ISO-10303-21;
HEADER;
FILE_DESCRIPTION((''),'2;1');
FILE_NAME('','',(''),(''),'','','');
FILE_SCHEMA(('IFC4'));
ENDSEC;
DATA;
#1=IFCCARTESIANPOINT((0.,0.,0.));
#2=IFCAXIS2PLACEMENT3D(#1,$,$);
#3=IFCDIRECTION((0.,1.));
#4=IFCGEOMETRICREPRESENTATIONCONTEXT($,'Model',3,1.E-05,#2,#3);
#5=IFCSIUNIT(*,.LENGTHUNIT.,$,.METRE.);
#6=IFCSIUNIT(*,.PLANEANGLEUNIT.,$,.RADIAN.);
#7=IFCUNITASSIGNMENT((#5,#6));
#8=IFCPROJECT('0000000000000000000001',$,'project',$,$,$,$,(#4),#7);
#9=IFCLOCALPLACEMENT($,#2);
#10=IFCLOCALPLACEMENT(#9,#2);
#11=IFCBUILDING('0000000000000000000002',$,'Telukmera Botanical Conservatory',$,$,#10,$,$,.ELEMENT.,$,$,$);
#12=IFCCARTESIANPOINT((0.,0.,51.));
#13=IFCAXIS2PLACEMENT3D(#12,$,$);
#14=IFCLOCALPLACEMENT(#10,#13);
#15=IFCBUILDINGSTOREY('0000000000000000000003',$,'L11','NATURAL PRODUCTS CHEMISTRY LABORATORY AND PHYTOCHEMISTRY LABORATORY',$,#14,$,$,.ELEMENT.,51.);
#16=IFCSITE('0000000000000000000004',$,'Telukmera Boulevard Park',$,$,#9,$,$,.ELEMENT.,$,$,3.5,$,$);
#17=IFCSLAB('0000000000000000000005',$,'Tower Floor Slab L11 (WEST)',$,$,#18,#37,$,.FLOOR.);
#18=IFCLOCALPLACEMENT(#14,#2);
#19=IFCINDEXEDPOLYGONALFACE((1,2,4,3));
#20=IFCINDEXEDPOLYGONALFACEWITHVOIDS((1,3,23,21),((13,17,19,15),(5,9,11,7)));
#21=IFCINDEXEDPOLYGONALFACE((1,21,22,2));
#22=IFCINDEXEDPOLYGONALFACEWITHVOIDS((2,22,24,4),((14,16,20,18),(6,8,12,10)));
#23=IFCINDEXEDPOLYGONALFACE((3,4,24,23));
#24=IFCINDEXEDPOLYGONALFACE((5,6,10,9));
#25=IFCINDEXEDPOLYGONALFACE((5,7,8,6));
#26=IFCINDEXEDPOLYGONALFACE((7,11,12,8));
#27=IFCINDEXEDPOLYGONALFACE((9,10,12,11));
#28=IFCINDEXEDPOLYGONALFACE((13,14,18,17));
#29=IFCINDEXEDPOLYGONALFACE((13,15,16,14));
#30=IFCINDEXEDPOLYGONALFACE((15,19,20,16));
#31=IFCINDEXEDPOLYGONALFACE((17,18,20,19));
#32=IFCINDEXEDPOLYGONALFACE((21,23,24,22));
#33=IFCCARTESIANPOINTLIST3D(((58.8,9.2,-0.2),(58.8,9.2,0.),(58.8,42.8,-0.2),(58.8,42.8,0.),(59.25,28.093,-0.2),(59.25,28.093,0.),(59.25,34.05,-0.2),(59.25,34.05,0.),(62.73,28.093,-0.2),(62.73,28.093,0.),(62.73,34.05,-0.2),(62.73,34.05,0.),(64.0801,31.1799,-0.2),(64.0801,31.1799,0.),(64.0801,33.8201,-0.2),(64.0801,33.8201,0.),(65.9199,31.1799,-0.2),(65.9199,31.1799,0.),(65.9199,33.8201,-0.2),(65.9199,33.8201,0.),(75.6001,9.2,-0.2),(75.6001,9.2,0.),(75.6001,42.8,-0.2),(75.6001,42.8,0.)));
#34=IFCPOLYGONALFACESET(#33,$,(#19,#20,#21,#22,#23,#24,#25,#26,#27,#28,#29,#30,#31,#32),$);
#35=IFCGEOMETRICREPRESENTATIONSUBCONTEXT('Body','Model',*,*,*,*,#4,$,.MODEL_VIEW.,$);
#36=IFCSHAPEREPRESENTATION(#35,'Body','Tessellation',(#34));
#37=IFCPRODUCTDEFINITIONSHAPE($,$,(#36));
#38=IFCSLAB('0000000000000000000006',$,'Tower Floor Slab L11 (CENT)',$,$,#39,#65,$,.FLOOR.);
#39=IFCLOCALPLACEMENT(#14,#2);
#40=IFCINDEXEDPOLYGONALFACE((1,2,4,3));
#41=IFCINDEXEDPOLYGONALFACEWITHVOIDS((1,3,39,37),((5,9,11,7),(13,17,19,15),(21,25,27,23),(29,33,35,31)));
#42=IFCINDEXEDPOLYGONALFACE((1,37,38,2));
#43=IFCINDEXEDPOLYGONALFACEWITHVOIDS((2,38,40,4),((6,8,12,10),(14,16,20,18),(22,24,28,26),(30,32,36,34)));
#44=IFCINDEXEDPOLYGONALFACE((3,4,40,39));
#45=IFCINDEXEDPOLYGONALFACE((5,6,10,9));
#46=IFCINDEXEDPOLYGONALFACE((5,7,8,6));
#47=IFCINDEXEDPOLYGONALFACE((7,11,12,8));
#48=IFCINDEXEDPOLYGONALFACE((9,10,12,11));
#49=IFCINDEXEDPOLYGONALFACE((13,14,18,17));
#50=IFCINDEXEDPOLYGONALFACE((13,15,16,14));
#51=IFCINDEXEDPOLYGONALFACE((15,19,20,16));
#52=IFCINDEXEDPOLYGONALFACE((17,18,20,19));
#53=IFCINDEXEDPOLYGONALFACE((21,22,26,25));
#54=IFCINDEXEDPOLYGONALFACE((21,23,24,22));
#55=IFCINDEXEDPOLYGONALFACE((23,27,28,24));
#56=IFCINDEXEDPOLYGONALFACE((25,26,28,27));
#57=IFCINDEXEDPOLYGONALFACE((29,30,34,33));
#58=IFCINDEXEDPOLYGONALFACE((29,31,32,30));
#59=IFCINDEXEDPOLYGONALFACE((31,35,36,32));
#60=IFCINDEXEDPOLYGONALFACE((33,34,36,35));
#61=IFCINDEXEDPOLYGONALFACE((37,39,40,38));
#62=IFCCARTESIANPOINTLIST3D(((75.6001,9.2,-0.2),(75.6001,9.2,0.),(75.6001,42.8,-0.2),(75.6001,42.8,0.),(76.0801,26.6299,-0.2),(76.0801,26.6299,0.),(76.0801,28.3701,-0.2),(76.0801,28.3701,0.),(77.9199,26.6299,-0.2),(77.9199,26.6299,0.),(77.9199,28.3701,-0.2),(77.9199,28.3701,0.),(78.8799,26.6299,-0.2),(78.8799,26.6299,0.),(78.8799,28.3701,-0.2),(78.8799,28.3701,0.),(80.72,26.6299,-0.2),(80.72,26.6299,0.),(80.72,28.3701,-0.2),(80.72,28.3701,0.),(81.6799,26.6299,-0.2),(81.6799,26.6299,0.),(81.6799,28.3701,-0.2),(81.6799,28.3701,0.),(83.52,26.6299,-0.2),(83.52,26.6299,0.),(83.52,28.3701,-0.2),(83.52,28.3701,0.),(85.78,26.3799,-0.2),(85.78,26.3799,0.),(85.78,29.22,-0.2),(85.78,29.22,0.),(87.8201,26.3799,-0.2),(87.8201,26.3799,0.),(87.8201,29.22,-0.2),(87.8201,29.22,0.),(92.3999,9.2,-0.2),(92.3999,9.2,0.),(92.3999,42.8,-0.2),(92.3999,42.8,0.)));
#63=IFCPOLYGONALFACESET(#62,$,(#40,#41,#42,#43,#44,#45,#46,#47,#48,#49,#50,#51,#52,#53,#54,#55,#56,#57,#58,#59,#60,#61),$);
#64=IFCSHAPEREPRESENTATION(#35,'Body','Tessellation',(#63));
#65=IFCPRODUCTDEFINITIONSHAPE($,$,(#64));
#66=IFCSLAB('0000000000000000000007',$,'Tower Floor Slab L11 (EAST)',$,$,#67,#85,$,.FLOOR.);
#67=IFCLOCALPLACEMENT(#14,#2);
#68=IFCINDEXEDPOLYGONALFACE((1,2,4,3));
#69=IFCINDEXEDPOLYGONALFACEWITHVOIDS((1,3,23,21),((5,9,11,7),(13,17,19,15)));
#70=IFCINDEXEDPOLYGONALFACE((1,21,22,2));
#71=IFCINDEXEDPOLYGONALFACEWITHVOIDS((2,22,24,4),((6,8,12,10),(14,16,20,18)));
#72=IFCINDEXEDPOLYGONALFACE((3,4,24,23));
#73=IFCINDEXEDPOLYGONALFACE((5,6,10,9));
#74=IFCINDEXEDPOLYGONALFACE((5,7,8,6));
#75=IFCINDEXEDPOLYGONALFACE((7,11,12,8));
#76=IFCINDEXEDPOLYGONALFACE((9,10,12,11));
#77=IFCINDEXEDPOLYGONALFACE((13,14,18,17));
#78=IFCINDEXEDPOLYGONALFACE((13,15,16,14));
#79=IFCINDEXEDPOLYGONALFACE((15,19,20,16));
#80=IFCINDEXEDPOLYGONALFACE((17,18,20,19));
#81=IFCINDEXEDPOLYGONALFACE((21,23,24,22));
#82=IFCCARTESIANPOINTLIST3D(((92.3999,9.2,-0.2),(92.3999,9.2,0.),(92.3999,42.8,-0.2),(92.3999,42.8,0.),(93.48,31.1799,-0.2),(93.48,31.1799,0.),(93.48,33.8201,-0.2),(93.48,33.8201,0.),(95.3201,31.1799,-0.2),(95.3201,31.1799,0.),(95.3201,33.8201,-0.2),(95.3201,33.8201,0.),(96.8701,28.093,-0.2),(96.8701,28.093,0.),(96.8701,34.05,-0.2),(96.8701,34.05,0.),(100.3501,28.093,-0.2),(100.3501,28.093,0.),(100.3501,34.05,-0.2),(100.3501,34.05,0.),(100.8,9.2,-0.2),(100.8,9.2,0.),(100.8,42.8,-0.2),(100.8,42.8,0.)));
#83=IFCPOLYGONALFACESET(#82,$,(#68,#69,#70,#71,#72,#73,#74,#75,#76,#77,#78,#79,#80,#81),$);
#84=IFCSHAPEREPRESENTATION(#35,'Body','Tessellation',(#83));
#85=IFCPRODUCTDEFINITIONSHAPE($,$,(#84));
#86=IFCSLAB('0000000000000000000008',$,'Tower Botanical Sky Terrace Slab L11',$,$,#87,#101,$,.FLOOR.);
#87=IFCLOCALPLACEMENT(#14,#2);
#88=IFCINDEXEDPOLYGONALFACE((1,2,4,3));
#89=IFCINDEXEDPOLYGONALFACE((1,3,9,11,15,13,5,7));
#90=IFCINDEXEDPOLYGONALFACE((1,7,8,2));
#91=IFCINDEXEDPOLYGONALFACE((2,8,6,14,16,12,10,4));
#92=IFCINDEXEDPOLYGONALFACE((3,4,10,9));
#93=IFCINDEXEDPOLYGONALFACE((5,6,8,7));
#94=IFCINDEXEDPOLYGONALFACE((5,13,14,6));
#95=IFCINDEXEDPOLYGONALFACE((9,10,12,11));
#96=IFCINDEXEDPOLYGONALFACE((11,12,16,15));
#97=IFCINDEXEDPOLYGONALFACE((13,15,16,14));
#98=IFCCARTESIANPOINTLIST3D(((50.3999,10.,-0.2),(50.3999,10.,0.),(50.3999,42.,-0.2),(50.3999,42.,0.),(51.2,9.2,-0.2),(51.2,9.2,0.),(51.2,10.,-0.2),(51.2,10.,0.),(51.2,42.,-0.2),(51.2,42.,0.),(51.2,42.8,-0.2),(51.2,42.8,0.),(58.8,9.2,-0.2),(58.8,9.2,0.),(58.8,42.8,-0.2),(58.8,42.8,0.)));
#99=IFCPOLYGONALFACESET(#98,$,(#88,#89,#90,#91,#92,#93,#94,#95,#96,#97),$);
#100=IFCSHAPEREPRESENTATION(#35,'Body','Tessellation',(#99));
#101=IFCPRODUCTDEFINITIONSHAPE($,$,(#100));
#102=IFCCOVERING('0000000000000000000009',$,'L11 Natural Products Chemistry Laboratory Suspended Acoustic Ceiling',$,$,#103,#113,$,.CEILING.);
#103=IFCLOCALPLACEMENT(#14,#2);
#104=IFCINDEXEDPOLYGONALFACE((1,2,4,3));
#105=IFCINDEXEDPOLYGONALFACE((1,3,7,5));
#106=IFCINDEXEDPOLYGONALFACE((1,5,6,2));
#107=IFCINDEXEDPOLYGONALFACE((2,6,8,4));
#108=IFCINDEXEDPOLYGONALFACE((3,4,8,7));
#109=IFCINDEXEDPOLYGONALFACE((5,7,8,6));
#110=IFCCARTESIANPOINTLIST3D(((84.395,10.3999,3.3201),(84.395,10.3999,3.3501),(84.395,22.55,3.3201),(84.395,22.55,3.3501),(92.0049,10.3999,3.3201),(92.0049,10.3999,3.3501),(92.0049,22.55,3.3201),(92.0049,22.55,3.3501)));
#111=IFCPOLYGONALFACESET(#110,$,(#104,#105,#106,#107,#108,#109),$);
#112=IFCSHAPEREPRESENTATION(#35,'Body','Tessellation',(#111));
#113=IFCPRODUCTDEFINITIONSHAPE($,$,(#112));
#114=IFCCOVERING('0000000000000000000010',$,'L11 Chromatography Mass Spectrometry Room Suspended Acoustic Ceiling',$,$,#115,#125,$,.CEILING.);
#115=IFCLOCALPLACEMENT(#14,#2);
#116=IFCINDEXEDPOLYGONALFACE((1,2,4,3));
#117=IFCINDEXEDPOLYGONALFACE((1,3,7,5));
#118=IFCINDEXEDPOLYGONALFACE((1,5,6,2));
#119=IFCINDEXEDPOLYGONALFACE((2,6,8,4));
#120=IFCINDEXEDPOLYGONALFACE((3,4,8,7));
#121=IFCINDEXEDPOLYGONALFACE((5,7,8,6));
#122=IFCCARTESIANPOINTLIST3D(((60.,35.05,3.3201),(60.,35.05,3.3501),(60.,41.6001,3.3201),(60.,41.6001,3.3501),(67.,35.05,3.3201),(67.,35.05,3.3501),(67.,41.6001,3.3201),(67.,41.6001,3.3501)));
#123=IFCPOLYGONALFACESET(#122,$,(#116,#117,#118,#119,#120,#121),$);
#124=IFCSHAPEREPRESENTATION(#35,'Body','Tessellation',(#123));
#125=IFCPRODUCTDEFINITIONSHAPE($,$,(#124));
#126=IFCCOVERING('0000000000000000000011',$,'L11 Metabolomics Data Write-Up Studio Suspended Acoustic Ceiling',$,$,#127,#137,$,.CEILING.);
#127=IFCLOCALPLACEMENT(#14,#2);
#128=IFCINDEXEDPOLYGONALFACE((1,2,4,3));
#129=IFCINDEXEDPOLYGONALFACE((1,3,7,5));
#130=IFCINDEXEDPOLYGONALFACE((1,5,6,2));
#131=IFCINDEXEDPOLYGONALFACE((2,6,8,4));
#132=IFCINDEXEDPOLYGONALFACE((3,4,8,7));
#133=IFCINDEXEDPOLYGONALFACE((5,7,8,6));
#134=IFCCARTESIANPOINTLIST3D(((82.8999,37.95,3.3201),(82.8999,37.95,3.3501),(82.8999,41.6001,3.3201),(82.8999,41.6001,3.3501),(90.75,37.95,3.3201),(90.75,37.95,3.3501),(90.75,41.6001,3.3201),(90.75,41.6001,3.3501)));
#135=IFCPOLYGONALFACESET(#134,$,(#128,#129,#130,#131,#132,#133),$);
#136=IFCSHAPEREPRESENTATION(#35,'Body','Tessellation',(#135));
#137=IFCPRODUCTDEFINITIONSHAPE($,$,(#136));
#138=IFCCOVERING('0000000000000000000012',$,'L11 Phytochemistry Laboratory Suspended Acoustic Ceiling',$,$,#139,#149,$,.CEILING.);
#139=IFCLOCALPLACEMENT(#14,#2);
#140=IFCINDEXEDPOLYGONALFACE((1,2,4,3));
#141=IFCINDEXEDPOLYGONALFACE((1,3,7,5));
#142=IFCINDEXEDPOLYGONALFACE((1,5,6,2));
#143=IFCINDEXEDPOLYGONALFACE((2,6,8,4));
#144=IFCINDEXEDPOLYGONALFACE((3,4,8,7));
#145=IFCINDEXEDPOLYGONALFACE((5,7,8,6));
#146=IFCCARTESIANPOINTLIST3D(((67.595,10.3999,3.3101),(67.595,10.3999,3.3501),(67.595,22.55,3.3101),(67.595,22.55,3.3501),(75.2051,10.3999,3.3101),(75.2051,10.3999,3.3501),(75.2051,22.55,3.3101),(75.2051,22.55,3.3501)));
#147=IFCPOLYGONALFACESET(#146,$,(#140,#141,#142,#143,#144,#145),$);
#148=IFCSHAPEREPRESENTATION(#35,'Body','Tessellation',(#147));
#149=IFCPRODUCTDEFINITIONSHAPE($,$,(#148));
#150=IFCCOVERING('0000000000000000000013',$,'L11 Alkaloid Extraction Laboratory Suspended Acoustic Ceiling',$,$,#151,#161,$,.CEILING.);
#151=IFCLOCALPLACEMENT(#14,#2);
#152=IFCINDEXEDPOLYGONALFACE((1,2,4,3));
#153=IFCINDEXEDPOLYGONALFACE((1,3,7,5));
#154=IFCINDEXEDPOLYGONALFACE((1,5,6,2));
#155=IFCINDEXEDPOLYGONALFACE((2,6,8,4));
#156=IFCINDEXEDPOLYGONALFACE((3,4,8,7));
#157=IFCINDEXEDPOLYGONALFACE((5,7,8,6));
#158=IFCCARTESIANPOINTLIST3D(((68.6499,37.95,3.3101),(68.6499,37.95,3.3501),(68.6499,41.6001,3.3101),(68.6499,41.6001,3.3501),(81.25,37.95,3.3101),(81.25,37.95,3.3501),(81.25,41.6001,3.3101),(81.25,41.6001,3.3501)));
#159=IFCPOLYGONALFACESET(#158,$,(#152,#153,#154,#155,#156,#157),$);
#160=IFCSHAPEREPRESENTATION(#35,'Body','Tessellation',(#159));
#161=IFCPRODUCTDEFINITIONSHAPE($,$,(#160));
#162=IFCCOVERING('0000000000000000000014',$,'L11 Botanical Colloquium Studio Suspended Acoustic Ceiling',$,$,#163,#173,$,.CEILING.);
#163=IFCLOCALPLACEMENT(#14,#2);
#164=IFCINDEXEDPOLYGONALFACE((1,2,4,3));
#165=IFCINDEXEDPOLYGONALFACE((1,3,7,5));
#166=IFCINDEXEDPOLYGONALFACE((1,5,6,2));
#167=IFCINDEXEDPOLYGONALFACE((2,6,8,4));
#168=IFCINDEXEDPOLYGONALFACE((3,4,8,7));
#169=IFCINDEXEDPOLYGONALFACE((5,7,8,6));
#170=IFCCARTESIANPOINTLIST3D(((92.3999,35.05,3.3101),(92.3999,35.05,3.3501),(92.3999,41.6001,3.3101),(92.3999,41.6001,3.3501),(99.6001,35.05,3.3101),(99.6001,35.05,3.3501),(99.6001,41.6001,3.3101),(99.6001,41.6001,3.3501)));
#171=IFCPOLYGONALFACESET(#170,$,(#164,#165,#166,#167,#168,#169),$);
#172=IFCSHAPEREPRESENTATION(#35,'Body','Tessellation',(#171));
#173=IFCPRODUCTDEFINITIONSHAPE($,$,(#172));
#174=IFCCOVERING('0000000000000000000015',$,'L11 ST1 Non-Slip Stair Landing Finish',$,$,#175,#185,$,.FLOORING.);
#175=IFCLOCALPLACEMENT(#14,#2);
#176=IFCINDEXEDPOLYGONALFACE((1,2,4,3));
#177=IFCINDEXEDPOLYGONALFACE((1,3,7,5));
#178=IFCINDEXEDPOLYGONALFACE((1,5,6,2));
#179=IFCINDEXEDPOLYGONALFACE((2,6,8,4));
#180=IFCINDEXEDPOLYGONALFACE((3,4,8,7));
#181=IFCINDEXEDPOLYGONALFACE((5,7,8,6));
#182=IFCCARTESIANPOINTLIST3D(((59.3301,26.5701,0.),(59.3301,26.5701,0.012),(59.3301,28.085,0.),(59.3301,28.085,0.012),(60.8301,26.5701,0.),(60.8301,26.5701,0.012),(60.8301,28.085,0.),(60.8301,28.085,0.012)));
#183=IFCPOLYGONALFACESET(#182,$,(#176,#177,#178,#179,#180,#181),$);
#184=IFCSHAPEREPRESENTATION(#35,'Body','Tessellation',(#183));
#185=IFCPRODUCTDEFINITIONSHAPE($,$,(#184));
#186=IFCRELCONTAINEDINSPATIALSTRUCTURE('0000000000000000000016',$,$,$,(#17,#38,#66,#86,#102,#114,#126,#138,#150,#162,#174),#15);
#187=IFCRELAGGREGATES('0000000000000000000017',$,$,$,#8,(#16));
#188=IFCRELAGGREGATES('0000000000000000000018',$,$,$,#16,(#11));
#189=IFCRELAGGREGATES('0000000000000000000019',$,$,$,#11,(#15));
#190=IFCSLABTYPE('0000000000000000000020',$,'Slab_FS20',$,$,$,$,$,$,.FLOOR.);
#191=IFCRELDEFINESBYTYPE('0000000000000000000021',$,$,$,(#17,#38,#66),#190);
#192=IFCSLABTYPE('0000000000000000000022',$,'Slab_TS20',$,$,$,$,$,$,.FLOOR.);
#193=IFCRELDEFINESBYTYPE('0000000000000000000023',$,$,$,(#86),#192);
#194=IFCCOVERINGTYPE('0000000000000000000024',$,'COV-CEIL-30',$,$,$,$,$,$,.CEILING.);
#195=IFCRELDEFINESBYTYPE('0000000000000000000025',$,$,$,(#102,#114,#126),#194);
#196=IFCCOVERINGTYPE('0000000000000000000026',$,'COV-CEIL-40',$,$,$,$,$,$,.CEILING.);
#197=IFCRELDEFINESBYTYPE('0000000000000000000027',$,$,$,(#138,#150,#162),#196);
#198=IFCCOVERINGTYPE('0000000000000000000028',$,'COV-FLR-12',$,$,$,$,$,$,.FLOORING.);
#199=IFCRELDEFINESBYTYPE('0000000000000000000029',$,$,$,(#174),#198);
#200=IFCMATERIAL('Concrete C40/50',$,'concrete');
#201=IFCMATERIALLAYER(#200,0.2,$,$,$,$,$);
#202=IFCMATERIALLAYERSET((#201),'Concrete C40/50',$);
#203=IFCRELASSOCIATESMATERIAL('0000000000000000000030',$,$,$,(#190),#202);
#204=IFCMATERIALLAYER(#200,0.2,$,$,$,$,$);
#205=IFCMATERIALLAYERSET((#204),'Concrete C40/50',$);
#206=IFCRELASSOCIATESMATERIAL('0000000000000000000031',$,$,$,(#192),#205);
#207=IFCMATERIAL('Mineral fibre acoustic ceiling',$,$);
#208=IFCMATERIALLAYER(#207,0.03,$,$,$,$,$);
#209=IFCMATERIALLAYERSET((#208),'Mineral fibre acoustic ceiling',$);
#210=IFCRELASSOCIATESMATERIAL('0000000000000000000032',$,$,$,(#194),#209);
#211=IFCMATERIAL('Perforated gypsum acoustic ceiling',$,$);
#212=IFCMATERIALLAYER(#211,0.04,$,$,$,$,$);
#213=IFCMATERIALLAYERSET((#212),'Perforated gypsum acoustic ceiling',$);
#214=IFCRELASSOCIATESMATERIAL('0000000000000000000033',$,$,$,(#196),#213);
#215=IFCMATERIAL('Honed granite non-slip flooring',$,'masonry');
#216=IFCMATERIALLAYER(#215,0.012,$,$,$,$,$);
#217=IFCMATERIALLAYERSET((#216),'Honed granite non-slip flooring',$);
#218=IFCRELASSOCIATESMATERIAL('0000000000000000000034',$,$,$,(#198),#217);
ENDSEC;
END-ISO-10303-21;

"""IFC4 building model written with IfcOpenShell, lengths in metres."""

from ifc_helpers import new_model, si_unit, direction, frame, origin, place, context, subcontext, project, spatial, polyline, outline, extrude, material, layer, layer_set, type_object, element, save


model = new_model("IFC4")

# Units and contexts
model_context = context("Model", 3, precision=1e-05, world=origin(), true_north=direction((0.0, 1.0)))
body_context = subcontext(model_context, "Body", "Model", "MODEL_VIEW")
ifc_project = project(units=[si_unit("LENGTHUNIT", "METRE"), si_unit("PLANEANGLEUNIT", "RADIAN")], contexts=[model_context])

# Site, building, storey
site_placement = place(None, origin())
site = spatial("IfcSite", under=ifc_project, at=site_placement, Name="Telukmera Boulevard Park", CompositionType="ELEMENT", RefElevation=3.5)
building_placement = place(site_placement, origin())
building = spatial("IfcBuilding", under=site, at=building_placement, Name="Telukmera Botanical Conservatory", CompositionType="ELEMENT")
storey_placement = place(building_placement, frame((0.0, 0.0, 51.0)))
storey = spatial("IfcBuildingStorey", under=building, at=storey_placement, Name="L11", Description="NATURAL PRODUCTS CHEMISTRY LABORATORY AND PHYTOCHEMISTRY LABORATORY", CompositionType="ELEMENT", Elevation=51.0)

# Shared definitions
ifc_material_1 = material(Name="Concrete C40/50", Category="concrete")

# Slabs
ifc_layer_1 = layer(ifc_material_1, 0.2)
ifc_layer_set_1 = layer_set([ifc_layer_1], Name="Concrete C40/50")
slab_type_1 = type_object("IfcSlabType", Name="Slab_FS20", PredefinedType="FLOOR", material=ifc_layer_set_1)
slab_1_placement = place(storey_placement, frame((0.0, 0.0, -0.2)))
element("IfcSlab", 1, at=slab_1_placement, inside=storey, type_object=slab_type_1, Name="Tower Floor Slab L11 (WEST)", PredefinedType="FLOOR", context=body_context, shape_type="SweptSolid", body=[
    extrude(outline(polyline([(58.8, 9.2), (75.6001, 9.2), (75.6001, 42.8), (58.8, 42.8), (58.8, 9.2)]), holes=[polyline([(62.73, 28.093), (62.73, 34.05), (59.25, 34.05), (59.25, 28.093), (62.73, 28.093)]), polyline([(64.0801, 31.1799), (65.9199, 31.1799), (65.9199, 33.8201), (64.0801, 33.8201), (64.0801, 31.1799)])]), origin(), (0.0, 0.0, 1.0), 0.2),
])
slab_2_placement = place(storey_placement, frame((0.0, 0.0, -0.2)))
element("IfcSlab", 2, at=slab_2_placement, inside=storey, type_object=slab_type_1, Name="Tower Floor Slab L11 (CENT)", PredefinedType="FLOOR", context=body_context, shape_type="SweptSolid", body=[
    extrude(outline(polyline([(75.6001, 9.2), (92.3999, 9.2), (92.3999, 42.8), (75.6001, 42.8), (75.6001, 9.2)]), holes=[polyline([(85.78, 26.3799), (87.8201, 26.3799), (87.8201, 29.22), (85.78, 29.22), (85.78, 26.3799)]), polyline([(76.0801, 26.6299), (77.9199, 26.6299), (77.9199, 28.3701), (76.0801, 28.3701), (76.0801, 26.6299)]), polyline([(78.8799, 26.6299), (80.72, 26.6299), (80.72, 28.3701), (78.8799, 28.3701), (78.8799, 26.6299)]), polyline([(81.6799, 26.6299), (83.52, 26.6299), (83.52, 28.3701), (81.6799, 28.3701), (81.6799, 26.6299)])]), origin(), (0.0, 0.0, 1.0), 0.2),
])
slab_3_placement = place(storey_placement, frame((0.0, 0.0, -0.2)))
element("IfcSlab", 3, at=slab_3_placement, inside=storey, type_object=slab_type_1, Name="Tower Floor Slab L11 (EAST)", PredefinedType="FLOOR", context=body_context, shape_type="SweptSolid", body=[
    extrude(outline(polyline([(92.3999, 9.2), (100.8, 9.2), (100.8, 42.8), (92.3999, 42.8), (92.3999, 9.2)]), holes=[polyline([(100.3501, 28.093), (100.3501, 34.05), (96.8701, 34.05), (96.8701, 28.093), (100.3501, 28.093)]), polyline([(93.48, 31.1799), (95.3201, 31.1799), (95.3201, 33.8201), (93.48, 33.8201), (93.48, 31.1799)])]), origin(), (0.0, 0.0, 1.0), 0.2),
])
ifc_layer_2 = layer(ifc_material_1, 0.2)
ifc_layer_set_2 = layer_set([ifc_layer_2], Name="Concrete C40/50")
slab_type_2 = type_object("IfcSlabType", Name="Slab_TS20", PredefinedType="FLOOR", material=ifc_layer_set_2)
slab_4_placement = place(storey_placement, frame((0.0, 0.0, -0.2)))
element("IfcSlab", 4, at=slab_4_placement, inside=storey, type_object=slab_type_2, Name="Tower Botanical Sky Terrace Slab L11", PredefinedType="FLOOR", context=body_context, shape_type="SweptSolid", body=[
    extrude(outline(polyline([(51.2, 9.2), (58.8, 9.2), (58.8, 42.8), (51.2, 42.8), (51.2, 42.0), (50.3999, 42.0), (50.3999, 10.0), (51.2, 10.0), (51.2, 9.2)])), origin(), (0.0, 0.0, 1.0), 0.2),
])

# Coverings
ifc_material_2 = material(Name="Mineral fibre acoustic ceiling")
ifc_layer_3 = layer(ifc_material_2, 0.03)
ifc_layer_set_3 = layer_set([ifc_layer_3], Name="Mineral fibre acoustic ceiling")
covering_type_1 = type_object("IfcCoveringType", Name="COV-CEIL-30", PredefinedType="CEILING", material=ifc_layer_set_3)
covering_1_placement = place(storey_placement, frame((0.0, 0.0, 3.3201)))
element("IfcCovering", 5, at=covering_1_placement, inside=storey, type_object=covering_type_1, Name="L11 Natural Products Chemistry Laboratory Suspended Acoustic Ceiling", PredefinedType="CEILING", context=body_context, shape_type="SweptSolid", body=[
    extrude(outline(polyline([(84.395, 10.3999), (92.0049, 10.3999), (92.0049, 22.55), (84.395, 22.55), (84.395, 10.3999)])), origin(), (0.0, 0.0, 1.0), 0.03),
])
covering_2_placement = place(storey_placement, frame((0.0, 0.0, 3.3201)))
element("IfcCovering", 6, at=covering_2_placement, inside=storey, type_object=covering_type_1, Name="L11 Chromatography Mass Spectrometry Room Suspended Acoustic Ceiling", PredefinedType="CEILING", context=body_context, shape_type="SweptSolid", body=[
    extrude(outline(polyline([(60.0, 35.05), (67.0, 35.05), (67.0, 41.6001), (60.0, 41.6001), (60.0, 35.05)])), origin(), (0.0, 0.0, 1.0), 0.03),
])
covering_3_placement = place(storey_placement, frame((0.0, 0.0, 3.3201)))
element("IfcCovering", 7, at=covering_3_placement, inside=storey, type_object=covering_type_1, Name="L11 Metabolomics Data Write-Up Studio Suspended Acoustic Ceiling", PredefinedType="CEILING", context=body_context, shape_type="SweptSolid", body=[
    extrude(outline(polyline([(82.8999, 37.95), (90.75, 37.95), (90.75, 41.6001), (82.8999, 41.6001), (82.8999, 37.95)])), origin(), (0.0, 0.0, 1.0), 0.03),
])
ifc_material_3 = material(Name="Perforated gypsum acoustic ceiling")
ifc_layer_4 = layer(ifc_material_3, 0.04)
ifc_layer_set_4 = layer_set([ifc_layer_4], Name="Perforated gypsum acoustic ceiling")
covering_type_2 = type_object("IfcCoveringType", Name="COV-CEIL-40", PredefinedType="CEILING", material=ifc_layer_set_4)
covering_4_placement = place(storey_placement, frame((0.0, 0.0, 3.3101)))
element("IfcCovering", 8, at=covering_4_placement, inside=storey, type_object=covering_type_2, Name="L11 Phytochemistry Laboratory Suspended Acoustic Ceiling", PredefinedType="CEILING", context=body_context, shape_type="SweptSolid", body=[
    extrude(outline(polyline([(67.595, 10.3999), (75.2051, 10.3999), (75.2051, 22.55), (67.595, 22.55), (67.595, 10.3999)])), origin(), (0.0, 0.0, 1.0), 0.04),
])
covering_5_placement = place(storey_placement, frame((0.0, 0.0, 3.3101)))
element("IfcCovering", 9, at=covering_5_placement, inside=storey, type_object=covering_type_2, Name="L11 Alkaloid Extraction Laboratory Suspended Acoustic Ceiling", PredefinedType="CEILING", context=body_context, shape_type="SweptSolid", body=[
    extrude(outline(polyline([(68.6499, 37.95), (81.25, 37.95), (81.25, 41.6001), (68.6499, 41.6001), (68.6499, 37.95)])), origin(), (0.0, 0.0, 1.0), 0.04),
])
covering_6_placement = place(storey_placement, frame((0.0, 0.0, 3.3101)))
element("IfcCovering", 10, at=covering_6_placement, inside=storey, type_object=covering_type_2, Name="L11 Botanical Colloquium Studio Suspended Acoustic Ceiling", PredefinedType="CEILING", context=body_context, shape_type="SweptSolid", body=[
    extrude(outline(polyline([(92.3999, 35.05), (99.6001, 35.05), (99.6001, 41.6001), (92.3999, 41.6001), (92.3999, 35.05)])), origin(), (0.0, 0.0, 1.0), 0.04),
])
ifc_material_4 = material(Name="Honed granite non-slip flooring", Category="masonry")
ifc_layer_5 = layer(ifc_material_4, 0.012)
ifc_layer_set_5 = layer_set([ifc_layer_5], Name="Honed granite non-slip flooring")
covering_type_3 = type_object("IfcCoveringType", Name="COV-FLR-12", PredefinedType="FLOORING", material=ifc_layer_set_5)
covering_7_placement = place(storey_placement, origin())
element("IfcCovering", 11, at=covering_7_placement, inside=storey, type_object=covering_type_3, Name="L11 ST1 Non-Slip Stair Landing Finish", PredefinedType="FLOORING", context=body_context, shape_type="SweptSolid", body=[
    extrude(outline(polyline([(60.8301, 26.5701), (60.8301, 28.085), (59.3301, 28.085), (59.3301, 26.5701), (60.8301, 26.5701)])), origin(), (0.0, 0.0, 1.0), 0.012),
])

save(model, "model.ifc")
